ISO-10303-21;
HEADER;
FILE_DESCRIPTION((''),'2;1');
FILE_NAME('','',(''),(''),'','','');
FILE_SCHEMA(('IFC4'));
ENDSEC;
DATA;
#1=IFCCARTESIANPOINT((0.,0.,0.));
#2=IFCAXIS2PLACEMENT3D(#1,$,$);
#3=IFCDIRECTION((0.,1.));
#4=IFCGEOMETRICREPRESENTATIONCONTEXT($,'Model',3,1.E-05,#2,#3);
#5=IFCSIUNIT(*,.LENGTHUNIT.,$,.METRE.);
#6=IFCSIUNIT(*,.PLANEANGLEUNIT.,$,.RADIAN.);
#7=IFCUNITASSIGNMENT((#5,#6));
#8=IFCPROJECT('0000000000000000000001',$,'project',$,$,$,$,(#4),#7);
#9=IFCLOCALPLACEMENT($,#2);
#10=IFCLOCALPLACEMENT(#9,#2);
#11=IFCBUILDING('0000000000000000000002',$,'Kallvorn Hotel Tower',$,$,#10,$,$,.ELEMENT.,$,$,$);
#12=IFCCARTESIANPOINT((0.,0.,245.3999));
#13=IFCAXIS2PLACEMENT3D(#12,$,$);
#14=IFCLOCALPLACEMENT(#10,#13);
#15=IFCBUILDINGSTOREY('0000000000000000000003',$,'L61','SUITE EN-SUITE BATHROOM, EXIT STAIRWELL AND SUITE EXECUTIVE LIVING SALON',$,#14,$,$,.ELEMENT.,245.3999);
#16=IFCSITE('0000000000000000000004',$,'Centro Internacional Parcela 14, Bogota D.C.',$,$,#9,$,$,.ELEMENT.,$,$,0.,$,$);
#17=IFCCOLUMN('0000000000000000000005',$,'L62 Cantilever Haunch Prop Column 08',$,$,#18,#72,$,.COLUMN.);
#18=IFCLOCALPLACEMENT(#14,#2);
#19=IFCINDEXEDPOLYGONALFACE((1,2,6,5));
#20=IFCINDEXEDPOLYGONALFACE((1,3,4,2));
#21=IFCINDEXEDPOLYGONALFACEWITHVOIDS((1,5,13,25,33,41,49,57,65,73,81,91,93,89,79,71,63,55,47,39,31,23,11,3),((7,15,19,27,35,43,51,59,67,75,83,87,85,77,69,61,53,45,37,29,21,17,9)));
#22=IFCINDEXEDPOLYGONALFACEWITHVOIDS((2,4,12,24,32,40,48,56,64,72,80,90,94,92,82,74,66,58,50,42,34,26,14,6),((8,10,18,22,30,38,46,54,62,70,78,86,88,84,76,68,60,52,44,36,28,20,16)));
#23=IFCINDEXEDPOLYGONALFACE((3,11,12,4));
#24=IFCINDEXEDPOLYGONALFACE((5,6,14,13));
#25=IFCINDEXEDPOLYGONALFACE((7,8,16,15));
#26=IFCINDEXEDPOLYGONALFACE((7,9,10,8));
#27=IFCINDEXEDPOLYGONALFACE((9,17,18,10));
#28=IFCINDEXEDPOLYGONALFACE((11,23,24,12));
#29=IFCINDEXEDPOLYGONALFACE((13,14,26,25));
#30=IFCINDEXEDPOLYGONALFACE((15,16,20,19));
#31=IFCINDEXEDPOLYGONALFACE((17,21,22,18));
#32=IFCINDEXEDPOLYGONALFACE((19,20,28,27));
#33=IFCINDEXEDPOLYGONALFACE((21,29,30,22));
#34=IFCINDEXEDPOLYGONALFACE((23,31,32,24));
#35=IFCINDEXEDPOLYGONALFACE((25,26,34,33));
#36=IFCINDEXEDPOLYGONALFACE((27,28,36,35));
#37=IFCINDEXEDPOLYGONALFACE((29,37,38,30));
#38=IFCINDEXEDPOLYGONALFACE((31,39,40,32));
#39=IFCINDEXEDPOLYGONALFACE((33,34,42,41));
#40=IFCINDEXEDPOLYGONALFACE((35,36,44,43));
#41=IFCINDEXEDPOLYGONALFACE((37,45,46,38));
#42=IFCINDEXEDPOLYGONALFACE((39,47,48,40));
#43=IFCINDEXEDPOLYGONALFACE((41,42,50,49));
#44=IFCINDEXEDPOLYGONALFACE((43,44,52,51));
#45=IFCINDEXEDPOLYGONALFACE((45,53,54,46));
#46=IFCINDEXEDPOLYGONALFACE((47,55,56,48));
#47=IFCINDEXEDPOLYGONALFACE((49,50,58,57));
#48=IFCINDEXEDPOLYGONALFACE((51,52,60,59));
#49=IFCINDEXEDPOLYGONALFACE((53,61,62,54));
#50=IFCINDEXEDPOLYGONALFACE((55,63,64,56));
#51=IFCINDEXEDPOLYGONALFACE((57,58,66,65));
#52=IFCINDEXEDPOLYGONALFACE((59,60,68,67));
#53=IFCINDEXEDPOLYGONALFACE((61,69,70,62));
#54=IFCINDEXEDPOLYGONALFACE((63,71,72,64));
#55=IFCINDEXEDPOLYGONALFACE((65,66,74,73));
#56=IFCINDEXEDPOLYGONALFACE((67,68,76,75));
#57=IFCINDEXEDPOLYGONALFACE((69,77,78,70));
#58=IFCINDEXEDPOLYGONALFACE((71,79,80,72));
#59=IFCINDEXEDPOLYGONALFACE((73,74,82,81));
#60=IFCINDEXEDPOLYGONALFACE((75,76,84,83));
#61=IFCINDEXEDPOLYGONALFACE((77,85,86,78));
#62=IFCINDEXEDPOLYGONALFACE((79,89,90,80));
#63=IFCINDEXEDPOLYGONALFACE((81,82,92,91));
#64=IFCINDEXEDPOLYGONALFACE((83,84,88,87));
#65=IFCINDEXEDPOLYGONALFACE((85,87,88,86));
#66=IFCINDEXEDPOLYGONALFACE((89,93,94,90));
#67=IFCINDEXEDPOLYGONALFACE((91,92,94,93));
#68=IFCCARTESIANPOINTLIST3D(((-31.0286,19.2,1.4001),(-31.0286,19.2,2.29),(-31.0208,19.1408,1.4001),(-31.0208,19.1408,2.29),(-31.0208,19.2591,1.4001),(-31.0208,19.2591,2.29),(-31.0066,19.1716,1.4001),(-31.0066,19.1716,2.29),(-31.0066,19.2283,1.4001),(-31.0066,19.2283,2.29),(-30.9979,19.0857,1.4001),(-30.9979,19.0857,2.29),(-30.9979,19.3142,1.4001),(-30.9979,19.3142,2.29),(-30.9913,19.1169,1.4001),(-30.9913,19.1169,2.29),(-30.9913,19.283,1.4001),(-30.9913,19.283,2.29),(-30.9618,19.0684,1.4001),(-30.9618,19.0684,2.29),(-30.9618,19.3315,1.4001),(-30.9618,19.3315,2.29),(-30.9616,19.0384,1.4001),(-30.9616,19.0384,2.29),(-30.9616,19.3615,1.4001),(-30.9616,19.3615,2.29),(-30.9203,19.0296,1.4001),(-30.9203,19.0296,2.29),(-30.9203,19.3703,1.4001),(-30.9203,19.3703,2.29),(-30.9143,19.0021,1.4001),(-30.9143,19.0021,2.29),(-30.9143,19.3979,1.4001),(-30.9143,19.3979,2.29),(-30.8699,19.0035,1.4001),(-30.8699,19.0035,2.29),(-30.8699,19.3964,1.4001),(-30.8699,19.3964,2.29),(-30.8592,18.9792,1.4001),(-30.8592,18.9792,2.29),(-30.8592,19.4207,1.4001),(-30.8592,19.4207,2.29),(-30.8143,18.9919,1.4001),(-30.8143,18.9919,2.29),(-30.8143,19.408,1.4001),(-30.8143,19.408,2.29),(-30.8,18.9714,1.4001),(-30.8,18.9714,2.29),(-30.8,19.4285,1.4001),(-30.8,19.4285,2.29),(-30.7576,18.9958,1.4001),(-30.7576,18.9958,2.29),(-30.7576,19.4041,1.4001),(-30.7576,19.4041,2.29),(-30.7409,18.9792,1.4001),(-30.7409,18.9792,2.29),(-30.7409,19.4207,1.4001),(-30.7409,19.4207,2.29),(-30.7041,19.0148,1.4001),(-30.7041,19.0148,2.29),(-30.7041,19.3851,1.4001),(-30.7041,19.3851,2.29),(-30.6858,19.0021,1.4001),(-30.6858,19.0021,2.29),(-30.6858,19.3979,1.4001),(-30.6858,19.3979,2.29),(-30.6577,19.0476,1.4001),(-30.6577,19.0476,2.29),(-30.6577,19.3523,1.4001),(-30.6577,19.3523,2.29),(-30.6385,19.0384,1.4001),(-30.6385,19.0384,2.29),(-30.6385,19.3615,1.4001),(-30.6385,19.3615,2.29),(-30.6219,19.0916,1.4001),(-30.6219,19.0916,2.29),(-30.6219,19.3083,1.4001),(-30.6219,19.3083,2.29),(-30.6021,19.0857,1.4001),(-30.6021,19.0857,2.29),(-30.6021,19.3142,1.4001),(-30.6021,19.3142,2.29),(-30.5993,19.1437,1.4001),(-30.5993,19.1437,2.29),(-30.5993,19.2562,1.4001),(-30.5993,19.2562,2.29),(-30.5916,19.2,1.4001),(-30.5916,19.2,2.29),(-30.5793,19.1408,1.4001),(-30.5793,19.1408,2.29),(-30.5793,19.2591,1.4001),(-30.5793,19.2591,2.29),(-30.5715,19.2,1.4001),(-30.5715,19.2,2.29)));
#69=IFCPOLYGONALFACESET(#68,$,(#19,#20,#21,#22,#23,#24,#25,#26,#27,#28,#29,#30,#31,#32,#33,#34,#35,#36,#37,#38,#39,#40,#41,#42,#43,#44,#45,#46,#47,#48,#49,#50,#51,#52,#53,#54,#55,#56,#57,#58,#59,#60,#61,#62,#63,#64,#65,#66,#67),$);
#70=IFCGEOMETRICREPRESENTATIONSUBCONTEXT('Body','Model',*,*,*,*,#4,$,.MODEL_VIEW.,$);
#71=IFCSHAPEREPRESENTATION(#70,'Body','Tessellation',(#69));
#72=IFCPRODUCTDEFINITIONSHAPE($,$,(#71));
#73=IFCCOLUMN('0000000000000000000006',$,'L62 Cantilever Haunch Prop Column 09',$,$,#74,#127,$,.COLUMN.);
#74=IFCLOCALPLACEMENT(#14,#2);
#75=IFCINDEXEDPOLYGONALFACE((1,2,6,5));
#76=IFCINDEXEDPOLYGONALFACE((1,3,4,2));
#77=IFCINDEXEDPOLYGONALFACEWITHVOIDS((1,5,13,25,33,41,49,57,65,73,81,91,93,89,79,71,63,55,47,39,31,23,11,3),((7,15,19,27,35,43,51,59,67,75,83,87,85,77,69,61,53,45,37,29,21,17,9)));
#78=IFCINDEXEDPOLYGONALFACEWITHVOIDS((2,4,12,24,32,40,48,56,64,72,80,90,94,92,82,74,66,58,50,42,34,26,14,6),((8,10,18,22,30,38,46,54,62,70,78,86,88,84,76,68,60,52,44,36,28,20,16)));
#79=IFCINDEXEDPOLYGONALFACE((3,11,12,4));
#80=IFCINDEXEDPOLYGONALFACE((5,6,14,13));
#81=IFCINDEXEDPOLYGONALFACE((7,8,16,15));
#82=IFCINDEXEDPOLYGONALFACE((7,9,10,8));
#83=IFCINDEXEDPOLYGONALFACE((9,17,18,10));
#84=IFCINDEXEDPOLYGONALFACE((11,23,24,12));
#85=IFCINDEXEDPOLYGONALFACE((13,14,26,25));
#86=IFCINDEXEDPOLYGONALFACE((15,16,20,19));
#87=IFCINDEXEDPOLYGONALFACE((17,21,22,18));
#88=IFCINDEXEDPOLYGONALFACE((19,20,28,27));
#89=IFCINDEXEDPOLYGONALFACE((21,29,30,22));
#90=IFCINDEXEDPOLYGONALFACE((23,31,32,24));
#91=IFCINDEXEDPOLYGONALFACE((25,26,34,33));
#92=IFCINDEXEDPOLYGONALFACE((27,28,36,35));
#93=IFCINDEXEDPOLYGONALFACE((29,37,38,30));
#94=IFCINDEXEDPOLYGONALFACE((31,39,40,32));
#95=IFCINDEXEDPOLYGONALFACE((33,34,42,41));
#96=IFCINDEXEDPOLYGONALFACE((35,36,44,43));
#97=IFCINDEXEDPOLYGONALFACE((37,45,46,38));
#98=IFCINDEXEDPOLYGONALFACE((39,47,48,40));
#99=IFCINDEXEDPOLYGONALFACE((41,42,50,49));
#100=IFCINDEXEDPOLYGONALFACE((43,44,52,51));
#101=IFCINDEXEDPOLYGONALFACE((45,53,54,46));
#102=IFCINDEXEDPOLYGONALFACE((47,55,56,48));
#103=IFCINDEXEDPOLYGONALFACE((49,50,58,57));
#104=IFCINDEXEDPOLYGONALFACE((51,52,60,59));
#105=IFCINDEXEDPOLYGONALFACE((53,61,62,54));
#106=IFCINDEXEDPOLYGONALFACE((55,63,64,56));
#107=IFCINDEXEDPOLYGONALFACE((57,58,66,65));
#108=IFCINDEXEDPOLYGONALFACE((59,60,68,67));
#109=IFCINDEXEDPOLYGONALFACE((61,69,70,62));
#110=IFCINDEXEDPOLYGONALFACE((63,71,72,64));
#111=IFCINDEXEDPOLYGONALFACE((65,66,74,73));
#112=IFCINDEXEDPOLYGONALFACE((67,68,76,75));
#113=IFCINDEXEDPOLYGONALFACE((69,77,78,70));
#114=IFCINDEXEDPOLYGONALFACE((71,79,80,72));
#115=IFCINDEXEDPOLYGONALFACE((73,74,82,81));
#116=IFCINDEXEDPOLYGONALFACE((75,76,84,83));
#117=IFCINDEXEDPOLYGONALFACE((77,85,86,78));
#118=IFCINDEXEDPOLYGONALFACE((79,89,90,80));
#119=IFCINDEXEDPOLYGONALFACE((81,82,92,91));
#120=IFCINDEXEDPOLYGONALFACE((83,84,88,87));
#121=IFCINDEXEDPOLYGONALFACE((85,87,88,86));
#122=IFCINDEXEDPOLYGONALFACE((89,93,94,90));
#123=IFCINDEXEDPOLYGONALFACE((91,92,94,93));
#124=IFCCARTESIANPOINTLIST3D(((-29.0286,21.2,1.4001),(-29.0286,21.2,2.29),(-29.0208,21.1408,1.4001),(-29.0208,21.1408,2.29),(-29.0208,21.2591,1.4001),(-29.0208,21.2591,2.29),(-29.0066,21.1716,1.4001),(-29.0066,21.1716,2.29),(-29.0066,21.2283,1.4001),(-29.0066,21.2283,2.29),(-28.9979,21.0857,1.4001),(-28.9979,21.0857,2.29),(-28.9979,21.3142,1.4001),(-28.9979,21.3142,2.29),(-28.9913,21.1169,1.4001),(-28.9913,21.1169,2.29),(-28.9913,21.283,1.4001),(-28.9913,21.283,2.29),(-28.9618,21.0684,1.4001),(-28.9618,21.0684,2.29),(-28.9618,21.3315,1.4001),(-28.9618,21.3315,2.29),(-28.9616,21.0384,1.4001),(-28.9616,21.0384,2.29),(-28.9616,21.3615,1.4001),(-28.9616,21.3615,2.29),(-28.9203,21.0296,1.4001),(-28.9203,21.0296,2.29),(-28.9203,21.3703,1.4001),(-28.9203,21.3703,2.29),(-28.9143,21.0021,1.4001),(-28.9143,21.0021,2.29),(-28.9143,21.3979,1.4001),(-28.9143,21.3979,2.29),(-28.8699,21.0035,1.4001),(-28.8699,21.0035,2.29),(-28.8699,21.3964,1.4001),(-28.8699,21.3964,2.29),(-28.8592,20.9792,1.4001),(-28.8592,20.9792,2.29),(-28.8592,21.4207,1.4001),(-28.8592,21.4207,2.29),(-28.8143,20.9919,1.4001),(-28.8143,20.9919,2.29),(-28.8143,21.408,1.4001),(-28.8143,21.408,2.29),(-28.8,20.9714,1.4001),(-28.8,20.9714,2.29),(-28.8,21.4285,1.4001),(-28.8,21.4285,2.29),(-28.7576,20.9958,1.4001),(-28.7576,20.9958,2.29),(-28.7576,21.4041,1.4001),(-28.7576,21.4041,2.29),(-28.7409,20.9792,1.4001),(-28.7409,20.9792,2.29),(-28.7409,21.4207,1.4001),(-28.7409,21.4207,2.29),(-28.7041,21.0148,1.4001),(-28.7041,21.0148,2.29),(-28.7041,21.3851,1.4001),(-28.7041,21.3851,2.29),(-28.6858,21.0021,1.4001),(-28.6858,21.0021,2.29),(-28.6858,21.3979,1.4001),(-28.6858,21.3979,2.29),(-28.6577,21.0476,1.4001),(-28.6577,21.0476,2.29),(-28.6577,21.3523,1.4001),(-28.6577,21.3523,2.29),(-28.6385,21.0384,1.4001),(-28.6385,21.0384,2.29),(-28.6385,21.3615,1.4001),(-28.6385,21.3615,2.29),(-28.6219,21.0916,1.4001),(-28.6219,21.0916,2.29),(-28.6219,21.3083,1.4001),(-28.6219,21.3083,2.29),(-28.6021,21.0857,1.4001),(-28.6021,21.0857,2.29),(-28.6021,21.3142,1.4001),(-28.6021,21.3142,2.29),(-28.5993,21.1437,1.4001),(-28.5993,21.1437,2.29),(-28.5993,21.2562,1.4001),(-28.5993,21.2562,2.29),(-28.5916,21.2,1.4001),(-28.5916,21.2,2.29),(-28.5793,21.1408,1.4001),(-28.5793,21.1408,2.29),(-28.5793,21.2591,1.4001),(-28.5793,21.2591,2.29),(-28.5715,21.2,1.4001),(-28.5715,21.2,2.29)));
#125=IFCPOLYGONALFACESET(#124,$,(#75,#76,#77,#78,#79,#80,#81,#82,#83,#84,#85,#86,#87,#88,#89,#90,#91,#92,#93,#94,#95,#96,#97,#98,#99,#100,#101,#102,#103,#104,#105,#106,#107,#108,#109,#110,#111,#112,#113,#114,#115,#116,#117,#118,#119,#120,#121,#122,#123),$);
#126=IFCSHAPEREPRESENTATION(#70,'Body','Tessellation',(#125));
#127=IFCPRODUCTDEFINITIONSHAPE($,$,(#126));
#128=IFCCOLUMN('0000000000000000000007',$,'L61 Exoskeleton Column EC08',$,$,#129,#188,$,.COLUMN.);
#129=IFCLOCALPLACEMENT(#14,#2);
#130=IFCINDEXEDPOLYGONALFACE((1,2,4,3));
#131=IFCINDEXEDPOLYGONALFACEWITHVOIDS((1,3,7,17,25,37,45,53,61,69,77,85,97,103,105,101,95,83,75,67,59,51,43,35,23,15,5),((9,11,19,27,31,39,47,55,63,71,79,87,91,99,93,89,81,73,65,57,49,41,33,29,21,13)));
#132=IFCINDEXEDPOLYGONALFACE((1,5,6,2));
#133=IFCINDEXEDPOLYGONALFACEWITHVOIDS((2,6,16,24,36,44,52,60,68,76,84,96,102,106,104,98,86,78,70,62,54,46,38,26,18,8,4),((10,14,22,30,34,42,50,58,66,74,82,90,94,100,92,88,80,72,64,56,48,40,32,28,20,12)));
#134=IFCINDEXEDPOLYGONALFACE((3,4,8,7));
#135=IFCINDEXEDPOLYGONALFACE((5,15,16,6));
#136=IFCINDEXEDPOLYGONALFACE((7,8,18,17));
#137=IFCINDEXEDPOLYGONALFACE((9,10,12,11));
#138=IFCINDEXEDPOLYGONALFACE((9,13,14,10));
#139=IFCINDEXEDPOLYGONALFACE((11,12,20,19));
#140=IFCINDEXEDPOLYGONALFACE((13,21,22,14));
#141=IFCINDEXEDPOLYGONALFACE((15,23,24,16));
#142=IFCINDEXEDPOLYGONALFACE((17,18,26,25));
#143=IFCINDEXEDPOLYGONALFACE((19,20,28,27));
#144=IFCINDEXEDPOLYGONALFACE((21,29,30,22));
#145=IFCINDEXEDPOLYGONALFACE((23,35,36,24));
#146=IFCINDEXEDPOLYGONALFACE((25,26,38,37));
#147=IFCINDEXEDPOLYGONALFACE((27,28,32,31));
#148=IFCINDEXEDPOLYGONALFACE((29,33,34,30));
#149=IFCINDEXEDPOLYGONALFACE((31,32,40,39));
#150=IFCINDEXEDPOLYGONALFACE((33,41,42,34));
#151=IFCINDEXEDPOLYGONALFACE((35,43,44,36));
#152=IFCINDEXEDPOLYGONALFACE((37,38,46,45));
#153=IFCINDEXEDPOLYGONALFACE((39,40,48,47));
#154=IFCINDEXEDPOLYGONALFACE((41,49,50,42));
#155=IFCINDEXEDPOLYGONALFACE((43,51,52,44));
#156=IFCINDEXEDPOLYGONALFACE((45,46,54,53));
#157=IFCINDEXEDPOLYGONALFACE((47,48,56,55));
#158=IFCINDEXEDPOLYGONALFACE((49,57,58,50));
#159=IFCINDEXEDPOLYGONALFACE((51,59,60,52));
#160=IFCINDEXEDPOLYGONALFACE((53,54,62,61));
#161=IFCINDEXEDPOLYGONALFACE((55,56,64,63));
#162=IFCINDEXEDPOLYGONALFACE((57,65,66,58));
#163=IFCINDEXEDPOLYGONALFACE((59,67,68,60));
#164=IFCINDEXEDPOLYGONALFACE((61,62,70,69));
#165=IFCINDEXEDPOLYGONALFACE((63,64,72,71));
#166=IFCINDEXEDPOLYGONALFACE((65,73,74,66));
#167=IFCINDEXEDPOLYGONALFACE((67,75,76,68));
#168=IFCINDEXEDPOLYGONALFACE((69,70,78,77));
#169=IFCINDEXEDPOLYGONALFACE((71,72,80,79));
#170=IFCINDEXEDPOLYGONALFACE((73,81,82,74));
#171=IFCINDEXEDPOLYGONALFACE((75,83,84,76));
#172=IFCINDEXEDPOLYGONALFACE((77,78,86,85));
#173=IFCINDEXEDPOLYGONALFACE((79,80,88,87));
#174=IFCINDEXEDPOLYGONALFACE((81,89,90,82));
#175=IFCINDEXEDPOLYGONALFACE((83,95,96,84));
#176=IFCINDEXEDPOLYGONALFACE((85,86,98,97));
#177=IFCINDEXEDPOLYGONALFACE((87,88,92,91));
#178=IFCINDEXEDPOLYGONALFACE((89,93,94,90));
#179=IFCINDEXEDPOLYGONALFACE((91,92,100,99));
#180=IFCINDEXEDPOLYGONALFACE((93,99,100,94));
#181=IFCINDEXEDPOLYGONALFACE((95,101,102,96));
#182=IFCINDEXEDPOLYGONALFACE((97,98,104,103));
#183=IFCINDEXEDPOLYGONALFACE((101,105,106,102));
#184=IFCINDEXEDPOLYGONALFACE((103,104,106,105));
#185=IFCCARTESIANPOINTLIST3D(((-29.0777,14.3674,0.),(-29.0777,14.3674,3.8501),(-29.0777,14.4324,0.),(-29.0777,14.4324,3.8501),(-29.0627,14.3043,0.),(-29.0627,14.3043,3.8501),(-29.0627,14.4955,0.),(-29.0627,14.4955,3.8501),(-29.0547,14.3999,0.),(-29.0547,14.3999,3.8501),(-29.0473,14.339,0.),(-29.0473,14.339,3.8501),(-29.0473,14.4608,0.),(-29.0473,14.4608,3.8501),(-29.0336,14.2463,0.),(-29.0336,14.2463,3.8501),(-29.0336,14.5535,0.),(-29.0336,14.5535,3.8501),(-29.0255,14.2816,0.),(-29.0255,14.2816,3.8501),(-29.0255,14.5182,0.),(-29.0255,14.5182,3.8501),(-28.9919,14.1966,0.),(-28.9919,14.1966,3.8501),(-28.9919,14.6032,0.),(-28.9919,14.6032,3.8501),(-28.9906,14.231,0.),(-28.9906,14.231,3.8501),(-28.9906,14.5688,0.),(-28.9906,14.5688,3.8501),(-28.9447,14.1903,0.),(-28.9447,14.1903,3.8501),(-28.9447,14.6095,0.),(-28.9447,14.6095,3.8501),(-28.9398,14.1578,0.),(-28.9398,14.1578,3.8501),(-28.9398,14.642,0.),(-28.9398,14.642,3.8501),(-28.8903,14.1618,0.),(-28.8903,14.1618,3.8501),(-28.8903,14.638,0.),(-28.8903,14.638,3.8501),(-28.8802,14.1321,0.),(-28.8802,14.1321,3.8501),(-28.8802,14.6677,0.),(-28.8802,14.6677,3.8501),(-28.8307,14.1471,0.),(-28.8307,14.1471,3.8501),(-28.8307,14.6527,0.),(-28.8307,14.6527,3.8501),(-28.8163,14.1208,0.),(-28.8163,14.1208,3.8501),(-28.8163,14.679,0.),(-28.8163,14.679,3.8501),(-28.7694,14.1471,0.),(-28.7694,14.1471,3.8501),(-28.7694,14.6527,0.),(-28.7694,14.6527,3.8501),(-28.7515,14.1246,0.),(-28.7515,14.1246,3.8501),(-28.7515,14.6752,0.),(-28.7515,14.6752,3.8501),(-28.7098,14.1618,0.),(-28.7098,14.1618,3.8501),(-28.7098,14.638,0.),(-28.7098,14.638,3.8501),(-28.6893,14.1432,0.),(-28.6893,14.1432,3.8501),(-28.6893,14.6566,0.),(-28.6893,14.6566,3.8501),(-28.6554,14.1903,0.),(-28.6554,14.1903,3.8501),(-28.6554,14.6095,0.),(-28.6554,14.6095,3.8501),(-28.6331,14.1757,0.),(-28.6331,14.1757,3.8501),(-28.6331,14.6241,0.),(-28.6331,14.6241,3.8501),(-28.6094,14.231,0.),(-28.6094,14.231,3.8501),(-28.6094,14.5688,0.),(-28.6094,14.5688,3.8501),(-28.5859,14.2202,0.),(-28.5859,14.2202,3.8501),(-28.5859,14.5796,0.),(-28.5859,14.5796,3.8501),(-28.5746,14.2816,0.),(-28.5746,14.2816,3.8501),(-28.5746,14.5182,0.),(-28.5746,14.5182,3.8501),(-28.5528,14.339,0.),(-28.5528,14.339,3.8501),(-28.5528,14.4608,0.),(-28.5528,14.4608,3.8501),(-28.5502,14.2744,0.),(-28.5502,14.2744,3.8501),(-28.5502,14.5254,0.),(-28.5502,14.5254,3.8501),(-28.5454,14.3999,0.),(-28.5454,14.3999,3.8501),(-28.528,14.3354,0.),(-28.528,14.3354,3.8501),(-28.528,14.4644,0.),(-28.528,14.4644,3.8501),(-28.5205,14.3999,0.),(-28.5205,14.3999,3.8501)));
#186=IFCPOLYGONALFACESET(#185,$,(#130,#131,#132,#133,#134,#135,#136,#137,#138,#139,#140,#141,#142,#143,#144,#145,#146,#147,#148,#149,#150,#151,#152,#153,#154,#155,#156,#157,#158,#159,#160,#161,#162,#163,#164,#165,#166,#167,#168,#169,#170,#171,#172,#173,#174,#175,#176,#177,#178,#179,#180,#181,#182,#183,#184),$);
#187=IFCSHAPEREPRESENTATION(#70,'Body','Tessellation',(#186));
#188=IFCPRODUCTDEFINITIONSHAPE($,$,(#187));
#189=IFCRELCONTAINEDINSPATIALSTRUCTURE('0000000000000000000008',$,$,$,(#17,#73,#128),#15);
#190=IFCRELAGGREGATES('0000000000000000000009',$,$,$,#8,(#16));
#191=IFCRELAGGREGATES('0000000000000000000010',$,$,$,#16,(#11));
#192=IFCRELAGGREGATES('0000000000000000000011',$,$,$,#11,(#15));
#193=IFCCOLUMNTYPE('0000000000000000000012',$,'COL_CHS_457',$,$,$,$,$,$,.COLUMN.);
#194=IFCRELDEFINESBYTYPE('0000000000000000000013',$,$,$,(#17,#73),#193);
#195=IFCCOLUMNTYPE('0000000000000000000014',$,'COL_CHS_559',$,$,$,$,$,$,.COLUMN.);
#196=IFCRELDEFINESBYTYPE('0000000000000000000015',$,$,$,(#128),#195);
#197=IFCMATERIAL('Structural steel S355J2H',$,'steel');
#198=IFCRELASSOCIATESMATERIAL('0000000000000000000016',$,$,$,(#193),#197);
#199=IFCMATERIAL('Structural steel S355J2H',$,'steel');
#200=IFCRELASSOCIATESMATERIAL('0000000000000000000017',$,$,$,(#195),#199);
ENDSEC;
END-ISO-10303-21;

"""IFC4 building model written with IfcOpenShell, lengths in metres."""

from ifc_helpers import new_model, si_unit, direction, frame, origin, origin_2d, place, context, subcontext, project, spatial, hollow_circle, extrude, material, material_profile, profile_set, type_object, element, save


model = new_model("IFC4")

# Units and contexts
model_context = context("Model", 3, precision=1e-05, world=origin(), true_north=direction((0.0, 1.0)))
body_context = subcontext(model_context, "Body", "Model", "MODEL_VIEW")
ifc_project = project(units=[si_unit("LENGTHUNIT", "METRE"), si_unit("PLANEANGLEUNIT", "RADIAN")], contexts=[model_context])

# Site, building, storey
site_placement = place(None, origin())
site = spatial("IfcSite", under=ifc_project, at=site_placement, Name="Centro Internacional Parcela 14, Bogota D.C.", CompositionType="ELEMENT", RefElevation=0.0)
building_placement = place(site_placement, origin())
building = spatial("IfcBuilding", under=site, at=building_placement, Name="Kallvorn Hotel Tower", CompositionType="ELEMENT")
storey_placement = place(building_placement, frame((0.0, 0.0, 245.3999)))
storey = spatial("IfcBuildingStorey", under=building, at=storey_placement, Name="L61", Description="SUITE EN-SUITE BATHROOM, EXIT STAIRWELL AND SUITE EXECUTIVE LIVING SALON", CompositionType="ELEMENT", Elevation=245.3999)

# Columns
ifc_material_1 = material(Name="Structural steel S355J2H", Category="steel")
ifc_material_profile_1 = material_profile(ifc_material_1, hollow_circle(Radius=0.2285, WallThickness=0.02, at=origin_2d()), Name="CHS 457x20")
ifc_profile_set_1 = profile_set([ifc_material_profile_1], Name="Structural steel S355J2H")
column_type_1 = type_object("IfcColumnType", Name="COL_CHS_457", PredefinedType="COLUMN", material=ifc_profile_set_1)
for number, where, z_axis, x_axis, name in (
    (1, (-30.8, 19.2, 1.4001), (0.0, 0.0, 1.0), (1.0, 0.0, 0.0), "L62 Cantilever Haunch Prop Column 08"),
    (2, (-28.8, 21.2, 1.4001), (0.0, 0.0, 1.0), (1.0, 0.0, 0.0), "L62 Cantilever Haunch Prop Column 09"),
):
    element("IfcColumn", number, at=place(storey_placement, frame(where, z_axis=z_axis, x_axis=x_axis)), inside=storey, type_object=column_type_1, Name=name, PredefinedType="COLUMN", context=body_context, shape_type="SweptSolid", body=[
        extrude(hollow_circle(Radius=0.2285, WallThickness=0.02, at=origin_2d()), origin(), (0.0, 0.0, 1.0), 0.8899),
    ])
ifc_material_2 = material(Name="Structural steel S355J2H", Category="steel")
ifc_material_profile_2 = material_profile(ifc_material_2, hollow_circle(Radius=0.2795, WallThickness=0.0249, at=origin_2d()), Name="CHS 559x25")
ifc_profile_set_2 = profile_set([ifc_material_profile_2], Name="Structural steel S355J2H")
column_type_2 = type_object("IfcColumnType", Name="COL_CHS_559", PredefinedType="COLUMN", material=ifc_profile_set_2)
for number, where, z_axis, x_axis, name in (
    (3, (-28.8, 14.3999, 0.0), (0.0, 0.0, 1.0), (1.0, 0.0, 0.0), "L61 Exoskeleton Column EC08"),
):
    element("IfcColumn", number, at=place(storey_placement, frame(where, z_axis=z_axis, x_axis=x_axis)), inside=storey, type_object=column_type_2, Name=name, PredefinedType="COLUMN", context=body_context, shape_type="SweptSolid", body=[
        extrude(hollow_circle(Radius=0.2795, WallThickness=0.0249, at=origin_2d()), origin(), (0.0, 0.0, 1.0), 3.8501),
    ])

save(model, "model.ifc")
